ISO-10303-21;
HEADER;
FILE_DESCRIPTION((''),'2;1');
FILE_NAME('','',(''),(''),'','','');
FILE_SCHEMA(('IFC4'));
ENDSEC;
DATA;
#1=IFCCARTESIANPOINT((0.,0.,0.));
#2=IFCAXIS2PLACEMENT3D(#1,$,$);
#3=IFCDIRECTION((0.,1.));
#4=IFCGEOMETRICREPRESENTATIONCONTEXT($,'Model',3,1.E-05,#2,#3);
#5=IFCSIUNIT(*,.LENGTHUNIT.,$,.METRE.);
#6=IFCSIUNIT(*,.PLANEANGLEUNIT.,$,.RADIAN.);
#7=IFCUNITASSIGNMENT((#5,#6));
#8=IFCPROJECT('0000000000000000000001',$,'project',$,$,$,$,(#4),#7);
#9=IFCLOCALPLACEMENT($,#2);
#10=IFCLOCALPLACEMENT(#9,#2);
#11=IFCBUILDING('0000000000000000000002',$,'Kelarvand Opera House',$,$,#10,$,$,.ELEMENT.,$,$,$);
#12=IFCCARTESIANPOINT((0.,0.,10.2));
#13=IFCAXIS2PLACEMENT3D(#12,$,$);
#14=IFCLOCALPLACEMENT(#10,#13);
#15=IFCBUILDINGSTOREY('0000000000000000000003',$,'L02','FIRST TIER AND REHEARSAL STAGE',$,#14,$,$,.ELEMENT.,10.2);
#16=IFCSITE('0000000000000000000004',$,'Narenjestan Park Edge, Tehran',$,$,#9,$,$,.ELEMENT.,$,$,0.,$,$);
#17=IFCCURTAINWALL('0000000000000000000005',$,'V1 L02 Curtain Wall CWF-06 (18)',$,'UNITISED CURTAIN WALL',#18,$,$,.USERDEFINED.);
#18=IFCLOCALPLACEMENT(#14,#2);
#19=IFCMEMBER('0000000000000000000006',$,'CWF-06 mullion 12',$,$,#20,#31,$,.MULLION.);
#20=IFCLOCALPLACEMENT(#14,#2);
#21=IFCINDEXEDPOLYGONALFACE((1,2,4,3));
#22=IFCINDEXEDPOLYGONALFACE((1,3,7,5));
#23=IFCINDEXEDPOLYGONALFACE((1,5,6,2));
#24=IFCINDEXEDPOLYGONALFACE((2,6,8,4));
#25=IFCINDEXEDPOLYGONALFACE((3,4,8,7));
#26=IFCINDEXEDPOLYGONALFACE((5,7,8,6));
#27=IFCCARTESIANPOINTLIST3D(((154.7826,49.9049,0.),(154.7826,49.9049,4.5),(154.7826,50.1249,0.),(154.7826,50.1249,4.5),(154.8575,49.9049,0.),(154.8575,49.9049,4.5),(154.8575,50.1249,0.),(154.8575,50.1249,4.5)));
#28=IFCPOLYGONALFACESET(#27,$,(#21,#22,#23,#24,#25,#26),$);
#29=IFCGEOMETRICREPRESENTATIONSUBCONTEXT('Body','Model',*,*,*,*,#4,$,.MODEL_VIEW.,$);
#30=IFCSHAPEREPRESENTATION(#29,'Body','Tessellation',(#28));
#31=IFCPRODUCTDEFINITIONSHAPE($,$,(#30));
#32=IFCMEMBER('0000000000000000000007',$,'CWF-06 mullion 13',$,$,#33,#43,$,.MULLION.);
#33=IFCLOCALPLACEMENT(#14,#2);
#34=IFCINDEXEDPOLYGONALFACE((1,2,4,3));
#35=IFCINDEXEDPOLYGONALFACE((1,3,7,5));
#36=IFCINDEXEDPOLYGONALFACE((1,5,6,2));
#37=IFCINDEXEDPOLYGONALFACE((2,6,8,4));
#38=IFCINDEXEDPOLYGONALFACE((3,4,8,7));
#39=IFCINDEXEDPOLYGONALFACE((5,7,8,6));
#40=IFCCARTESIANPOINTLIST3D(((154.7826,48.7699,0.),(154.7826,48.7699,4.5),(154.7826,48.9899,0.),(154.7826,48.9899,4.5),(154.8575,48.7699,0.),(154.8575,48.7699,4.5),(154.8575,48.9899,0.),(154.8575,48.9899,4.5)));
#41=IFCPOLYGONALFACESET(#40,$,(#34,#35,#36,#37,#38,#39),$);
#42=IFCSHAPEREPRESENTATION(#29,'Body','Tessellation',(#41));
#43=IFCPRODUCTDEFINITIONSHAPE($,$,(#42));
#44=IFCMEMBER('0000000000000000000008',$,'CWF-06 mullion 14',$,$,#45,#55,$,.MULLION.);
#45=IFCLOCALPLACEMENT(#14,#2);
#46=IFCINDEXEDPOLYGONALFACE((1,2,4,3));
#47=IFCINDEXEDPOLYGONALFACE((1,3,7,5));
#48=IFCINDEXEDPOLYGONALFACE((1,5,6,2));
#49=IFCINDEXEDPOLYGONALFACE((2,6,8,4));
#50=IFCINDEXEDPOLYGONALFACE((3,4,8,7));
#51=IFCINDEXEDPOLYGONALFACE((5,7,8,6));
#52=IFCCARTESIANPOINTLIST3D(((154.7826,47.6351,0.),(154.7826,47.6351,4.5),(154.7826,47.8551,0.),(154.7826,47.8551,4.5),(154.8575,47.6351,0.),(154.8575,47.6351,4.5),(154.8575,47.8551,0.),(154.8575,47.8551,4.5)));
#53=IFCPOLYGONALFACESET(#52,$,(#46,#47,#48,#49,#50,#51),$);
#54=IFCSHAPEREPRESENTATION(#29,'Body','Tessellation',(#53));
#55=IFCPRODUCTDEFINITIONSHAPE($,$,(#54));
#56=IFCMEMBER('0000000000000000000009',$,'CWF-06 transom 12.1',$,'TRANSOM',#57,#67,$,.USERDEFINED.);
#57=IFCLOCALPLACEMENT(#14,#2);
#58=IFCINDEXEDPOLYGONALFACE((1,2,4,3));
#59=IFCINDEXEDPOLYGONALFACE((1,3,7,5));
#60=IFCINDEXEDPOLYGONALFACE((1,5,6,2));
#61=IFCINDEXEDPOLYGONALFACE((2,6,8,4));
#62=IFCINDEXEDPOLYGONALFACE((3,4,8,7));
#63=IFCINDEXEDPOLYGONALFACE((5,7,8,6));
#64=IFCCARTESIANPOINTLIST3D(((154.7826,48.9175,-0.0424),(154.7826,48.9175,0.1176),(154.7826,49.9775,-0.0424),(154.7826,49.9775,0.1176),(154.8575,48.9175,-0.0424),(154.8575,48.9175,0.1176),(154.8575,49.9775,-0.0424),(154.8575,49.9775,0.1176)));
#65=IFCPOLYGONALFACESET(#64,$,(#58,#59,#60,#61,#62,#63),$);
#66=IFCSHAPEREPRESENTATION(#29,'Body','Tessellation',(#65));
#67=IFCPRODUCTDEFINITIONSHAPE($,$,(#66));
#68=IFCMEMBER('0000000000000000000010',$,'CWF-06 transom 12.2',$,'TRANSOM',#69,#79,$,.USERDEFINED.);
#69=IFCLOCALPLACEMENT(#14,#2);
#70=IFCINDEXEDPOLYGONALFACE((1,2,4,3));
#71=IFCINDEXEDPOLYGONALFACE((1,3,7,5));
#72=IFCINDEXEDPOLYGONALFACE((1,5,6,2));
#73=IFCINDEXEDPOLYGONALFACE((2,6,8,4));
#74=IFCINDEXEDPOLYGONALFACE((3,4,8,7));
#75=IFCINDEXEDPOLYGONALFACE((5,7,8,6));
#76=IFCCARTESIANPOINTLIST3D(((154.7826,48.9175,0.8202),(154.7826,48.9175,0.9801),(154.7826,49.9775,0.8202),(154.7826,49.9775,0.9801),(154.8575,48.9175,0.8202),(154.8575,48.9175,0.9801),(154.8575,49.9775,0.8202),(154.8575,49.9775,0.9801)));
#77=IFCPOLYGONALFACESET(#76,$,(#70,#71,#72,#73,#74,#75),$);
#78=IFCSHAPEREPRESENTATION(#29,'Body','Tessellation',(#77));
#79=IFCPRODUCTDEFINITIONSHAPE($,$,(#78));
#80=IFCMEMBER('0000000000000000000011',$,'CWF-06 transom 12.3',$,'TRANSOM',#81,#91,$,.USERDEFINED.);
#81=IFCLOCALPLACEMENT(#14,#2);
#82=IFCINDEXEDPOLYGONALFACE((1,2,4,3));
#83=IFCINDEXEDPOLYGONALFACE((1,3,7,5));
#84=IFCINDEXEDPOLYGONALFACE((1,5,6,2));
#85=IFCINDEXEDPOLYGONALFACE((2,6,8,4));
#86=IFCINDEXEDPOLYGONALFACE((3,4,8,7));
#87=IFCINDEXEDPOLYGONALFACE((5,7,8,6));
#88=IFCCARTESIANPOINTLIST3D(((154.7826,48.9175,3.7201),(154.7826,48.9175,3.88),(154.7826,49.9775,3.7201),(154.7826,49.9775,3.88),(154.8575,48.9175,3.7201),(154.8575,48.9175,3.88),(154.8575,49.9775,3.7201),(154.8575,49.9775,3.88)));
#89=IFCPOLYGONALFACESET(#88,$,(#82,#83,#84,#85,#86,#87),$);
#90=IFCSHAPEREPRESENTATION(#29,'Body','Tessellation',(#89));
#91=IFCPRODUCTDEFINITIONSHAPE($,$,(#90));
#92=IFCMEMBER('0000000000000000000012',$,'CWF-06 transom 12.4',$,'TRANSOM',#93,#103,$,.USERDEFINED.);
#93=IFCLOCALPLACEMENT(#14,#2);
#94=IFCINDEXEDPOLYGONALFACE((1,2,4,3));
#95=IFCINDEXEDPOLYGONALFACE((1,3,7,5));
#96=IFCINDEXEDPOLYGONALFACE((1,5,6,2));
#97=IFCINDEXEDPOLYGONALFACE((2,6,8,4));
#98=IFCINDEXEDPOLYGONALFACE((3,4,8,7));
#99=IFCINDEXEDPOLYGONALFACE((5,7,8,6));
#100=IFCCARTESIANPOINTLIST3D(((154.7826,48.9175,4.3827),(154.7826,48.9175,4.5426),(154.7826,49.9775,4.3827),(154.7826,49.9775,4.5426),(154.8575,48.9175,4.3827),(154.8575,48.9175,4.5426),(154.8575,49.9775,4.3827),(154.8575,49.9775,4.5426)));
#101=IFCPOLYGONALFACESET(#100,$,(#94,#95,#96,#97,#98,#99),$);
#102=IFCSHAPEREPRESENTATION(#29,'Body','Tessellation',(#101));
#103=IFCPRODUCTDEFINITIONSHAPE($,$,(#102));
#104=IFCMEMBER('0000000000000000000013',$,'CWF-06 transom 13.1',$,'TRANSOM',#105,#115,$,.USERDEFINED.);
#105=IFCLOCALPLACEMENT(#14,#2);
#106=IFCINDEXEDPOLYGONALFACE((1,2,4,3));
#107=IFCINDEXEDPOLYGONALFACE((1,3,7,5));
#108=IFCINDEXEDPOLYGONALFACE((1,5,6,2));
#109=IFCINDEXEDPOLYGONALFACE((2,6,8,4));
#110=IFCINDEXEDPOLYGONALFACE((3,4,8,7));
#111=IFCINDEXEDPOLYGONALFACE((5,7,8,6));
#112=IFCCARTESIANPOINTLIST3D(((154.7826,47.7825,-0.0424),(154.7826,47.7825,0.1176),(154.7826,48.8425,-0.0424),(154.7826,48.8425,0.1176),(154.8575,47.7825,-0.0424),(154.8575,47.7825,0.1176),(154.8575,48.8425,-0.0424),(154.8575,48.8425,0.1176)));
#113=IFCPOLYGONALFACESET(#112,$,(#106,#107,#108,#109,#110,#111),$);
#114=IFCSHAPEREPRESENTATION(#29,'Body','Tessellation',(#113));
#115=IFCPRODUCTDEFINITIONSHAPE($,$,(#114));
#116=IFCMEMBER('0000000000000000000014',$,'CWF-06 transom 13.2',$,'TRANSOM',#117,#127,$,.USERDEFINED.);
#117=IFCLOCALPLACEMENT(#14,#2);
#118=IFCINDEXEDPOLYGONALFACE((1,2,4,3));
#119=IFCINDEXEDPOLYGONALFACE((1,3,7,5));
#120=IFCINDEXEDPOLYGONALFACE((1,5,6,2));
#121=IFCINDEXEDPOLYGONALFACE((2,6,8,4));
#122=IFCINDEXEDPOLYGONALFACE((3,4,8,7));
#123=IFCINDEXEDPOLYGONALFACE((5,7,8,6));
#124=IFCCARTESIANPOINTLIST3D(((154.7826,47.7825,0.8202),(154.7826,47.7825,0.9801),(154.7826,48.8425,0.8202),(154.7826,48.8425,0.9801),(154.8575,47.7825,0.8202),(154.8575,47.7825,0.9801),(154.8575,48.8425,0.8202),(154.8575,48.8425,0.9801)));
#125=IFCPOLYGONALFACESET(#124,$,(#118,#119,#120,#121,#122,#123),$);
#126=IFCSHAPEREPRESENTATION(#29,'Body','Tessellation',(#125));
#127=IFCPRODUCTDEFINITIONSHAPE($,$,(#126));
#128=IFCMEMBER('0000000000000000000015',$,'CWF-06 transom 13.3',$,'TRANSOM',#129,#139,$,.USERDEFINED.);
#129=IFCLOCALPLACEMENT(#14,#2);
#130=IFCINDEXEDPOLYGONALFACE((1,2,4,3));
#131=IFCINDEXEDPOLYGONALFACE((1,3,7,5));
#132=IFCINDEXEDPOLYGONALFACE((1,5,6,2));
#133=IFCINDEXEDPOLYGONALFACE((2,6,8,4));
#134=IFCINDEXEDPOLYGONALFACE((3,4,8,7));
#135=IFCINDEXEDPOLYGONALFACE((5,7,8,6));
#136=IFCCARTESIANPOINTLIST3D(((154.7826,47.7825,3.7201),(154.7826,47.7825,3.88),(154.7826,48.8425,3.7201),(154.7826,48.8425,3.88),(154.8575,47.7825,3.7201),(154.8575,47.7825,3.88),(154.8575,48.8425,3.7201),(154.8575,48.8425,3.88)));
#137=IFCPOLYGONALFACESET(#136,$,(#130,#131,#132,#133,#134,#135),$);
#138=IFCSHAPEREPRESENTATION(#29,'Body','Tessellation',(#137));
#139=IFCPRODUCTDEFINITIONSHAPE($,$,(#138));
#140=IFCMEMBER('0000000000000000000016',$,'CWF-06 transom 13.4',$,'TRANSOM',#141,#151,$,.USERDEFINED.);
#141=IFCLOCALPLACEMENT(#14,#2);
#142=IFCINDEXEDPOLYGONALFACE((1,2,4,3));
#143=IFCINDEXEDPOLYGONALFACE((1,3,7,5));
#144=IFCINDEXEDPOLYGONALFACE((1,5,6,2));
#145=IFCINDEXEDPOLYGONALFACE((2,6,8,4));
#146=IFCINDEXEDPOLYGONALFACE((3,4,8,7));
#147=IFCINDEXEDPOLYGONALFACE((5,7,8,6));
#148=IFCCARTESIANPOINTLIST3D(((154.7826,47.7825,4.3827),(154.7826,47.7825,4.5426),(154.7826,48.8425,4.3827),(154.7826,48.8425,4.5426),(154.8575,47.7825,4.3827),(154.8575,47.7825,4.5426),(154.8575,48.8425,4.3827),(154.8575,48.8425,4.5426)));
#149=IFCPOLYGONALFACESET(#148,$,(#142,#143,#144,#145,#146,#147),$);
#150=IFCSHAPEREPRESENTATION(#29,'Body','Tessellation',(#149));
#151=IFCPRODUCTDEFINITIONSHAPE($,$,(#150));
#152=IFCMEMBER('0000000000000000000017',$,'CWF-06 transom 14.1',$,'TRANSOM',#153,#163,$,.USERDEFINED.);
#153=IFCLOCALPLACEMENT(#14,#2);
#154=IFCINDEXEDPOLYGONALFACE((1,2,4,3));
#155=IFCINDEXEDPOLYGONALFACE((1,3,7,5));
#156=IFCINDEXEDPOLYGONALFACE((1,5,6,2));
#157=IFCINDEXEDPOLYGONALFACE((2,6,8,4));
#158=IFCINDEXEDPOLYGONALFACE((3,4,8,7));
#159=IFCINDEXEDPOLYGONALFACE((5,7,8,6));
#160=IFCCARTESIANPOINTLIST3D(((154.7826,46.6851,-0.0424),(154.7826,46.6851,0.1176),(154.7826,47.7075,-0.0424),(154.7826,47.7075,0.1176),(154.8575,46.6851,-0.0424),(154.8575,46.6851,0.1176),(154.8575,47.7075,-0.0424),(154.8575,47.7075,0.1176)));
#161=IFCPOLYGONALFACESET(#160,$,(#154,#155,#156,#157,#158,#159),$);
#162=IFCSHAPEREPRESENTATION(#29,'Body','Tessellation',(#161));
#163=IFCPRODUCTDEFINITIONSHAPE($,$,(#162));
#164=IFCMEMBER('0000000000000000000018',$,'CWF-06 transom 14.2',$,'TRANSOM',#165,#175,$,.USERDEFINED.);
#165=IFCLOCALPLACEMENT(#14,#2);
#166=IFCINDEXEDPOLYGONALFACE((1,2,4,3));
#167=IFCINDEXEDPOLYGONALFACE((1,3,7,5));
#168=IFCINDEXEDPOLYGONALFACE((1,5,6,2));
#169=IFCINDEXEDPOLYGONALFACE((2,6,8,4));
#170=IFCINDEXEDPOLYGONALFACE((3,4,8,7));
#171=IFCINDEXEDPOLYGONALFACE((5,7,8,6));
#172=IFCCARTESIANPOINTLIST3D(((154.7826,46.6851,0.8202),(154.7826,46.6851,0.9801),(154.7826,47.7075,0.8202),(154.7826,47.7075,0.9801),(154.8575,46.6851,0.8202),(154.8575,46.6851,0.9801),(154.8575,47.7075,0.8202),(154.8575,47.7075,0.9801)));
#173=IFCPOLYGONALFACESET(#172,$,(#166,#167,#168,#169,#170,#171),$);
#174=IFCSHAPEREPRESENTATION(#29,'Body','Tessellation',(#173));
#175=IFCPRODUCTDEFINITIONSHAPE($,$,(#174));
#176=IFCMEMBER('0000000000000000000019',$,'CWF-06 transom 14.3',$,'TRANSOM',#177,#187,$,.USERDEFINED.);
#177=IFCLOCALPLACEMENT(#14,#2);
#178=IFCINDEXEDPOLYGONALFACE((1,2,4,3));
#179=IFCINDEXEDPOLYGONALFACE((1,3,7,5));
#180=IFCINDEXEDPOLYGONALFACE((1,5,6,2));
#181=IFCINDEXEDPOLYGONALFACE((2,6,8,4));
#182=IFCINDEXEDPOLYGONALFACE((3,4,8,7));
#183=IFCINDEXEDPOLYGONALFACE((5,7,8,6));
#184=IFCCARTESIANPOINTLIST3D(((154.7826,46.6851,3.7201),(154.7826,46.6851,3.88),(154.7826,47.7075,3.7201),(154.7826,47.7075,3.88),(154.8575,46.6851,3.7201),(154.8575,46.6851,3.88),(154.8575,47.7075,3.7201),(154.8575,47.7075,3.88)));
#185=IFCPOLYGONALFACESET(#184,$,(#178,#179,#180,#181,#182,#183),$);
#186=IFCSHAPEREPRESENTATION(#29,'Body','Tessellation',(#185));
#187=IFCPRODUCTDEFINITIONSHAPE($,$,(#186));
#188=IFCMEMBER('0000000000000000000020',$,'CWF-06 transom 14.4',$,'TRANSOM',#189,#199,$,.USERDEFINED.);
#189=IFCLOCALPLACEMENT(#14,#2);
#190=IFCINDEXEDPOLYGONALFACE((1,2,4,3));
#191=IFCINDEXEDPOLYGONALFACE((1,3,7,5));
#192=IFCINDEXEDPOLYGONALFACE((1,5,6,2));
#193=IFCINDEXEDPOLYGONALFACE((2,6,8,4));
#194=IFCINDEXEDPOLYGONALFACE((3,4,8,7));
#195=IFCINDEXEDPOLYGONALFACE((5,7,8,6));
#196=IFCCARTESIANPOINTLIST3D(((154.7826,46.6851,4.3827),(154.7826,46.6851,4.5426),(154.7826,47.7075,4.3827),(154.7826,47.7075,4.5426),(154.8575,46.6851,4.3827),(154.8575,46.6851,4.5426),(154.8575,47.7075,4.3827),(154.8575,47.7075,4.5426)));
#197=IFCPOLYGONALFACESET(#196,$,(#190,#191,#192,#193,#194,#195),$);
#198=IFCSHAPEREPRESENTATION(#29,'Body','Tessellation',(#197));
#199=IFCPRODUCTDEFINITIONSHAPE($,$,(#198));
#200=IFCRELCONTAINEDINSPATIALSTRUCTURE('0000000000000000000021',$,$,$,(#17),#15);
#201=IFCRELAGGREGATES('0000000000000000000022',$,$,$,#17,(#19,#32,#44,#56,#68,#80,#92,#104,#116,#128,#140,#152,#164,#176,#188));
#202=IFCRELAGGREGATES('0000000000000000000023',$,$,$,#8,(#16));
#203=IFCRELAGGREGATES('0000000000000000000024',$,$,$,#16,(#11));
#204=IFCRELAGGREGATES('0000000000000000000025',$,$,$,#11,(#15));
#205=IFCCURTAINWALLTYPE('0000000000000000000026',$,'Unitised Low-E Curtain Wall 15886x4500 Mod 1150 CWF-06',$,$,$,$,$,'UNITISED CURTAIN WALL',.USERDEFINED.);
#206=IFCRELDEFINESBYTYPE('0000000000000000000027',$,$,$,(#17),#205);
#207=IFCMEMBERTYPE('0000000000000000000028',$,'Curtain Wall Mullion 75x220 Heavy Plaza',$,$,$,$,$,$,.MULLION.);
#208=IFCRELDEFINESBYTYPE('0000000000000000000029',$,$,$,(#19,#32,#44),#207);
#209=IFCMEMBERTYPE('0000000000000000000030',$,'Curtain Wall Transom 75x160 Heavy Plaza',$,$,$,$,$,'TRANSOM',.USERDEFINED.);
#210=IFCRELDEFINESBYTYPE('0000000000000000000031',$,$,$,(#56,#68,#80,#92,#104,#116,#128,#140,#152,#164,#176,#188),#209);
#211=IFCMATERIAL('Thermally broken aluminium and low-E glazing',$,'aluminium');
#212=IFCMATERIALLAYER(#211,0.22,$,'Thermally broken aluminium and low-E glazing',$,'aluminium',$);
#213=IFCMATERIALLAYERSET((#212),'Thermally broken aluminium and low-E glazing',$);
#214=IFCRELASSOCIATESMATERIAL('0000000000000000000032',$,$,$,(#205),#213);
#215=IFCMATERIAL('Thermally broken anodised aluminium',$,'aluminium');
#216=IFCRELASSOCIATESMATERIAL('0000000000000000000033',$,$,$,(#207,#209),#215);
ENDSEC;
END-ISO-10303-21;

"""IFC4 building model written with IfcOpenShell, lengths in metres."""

from ifc_helpers import new_model, si_unit, direction, frame, origin, origin_2d, place, context, subcontext, project, spatial, rectangle, extrude, material, layer, layer_set, material_profile, profile_set, type_object, element, aggregate, save


model = new_model("IFC4")

# Units and contexts
model_context = context("Model", 3, precision=1e-05, world=origin(), true_north=direction((0.0, 1.0)))
body_context = subcontext(model_context, "Body", "Model", "MODEL_VIEW")
ifc_project = project(units=[si_unit("LENGTHUNIT", "METRE"), si_unit("PLANEANGLEUNIT", "RADIAN")], contexts=[model_context])

# Site, building, storey
site_placement = place(None, origin())
site = spatial("IfcSite", under=ifc_project, at=site_placement, Name="Narenjestan Park Edge, Tehran", CompositionType="ELEMENT", RefElevation=0.0)
building_placement = place(site_placement, origin())
building = spatial("IfcBuilding", under=site, at=building_placement, Name="Kelarvand Opera House", CompositionType="ELEMENT")
storey_placement = place(building_placement, frame((0.0, 0.0, 10.2)))
storey = spatial("IfcBuildingStorey", under=building, at=storey_placement, Name="L02", Description="FIRST TIER AND REHEARSAL STAGE", CompositionType="ELEMENT", Elevation=10.2)

# Curtain wall, members
ifc_material_1 = material(Name="Thermally broken aluminium and low-E glazing", Category="aluminium")
ifc_layer_1 = layer(ifc_material_1, 0.22, Name="Thermally broken aluminium and low-E glazing", Category="aluminium")
ifc_layer_set_1 = layer_set([ifc_layer_1], Name="Thermally broken aluminium and low-E glazing")
curtain_wall_type = type_object("IfcCurtainWallType", Name="Unitised Low-E Curtain Wall 15886x4500 Mod 1150 CWF-06", ElementType="UNITISED CURTAIN WALL", PredefinedType="USERDEFINED", material=ifc_layer_set_1)
curtain_wall_placement = place(storey_placement, origin())
curtain_wall = element("IfcCurtainWall", 1, at=curtain_wall_placement, inside=storey, type_object=curtain_wall_type, Name="V1 L02 Curtain Wall CWF-06 (18)", ObjectType="UNITISED CURTAIN WALL", PredefinedType="USERDEFINED")
ifc_material_2 = material(Name="Thermally broken anodised aluminium", Category="aluminium")
ifc_material_profile_1 = material_profile(ifc_material_2, rectangle(XDim=0.075, YDim=0.22, at=origin_2d()), Name="ALU MULLION 75x220", Category="aluminium")
ifc_profile_set_1 = profile_set([ifc_material_profile_1], Name="Thermally broken anodised aluminium")
member_type_1 = type_object("IfcMemberType", Name="Curtain Wall Mullion 75x220 Heavy Plaza", PredefinedType="MULLION", material=ifc_profile_set_1)
member_1_placement = place(storey_placement, frame((154.8201, 50.0149, 0.0), z_axis=(0.0, 0.0, 1.0), x_axis=(1.0, 0.0, 0.0)))
member_1 = element("IfcMember", 2, at=member_1_placement, type_object=member_type_1, Name="CWF-06 mullion 12", PredefinedType="MULLION", context=body_context, shape_type="SweptSolid", body=[
    extrude(rectangle(XDim=0.075, YDim=0.22, at=origin_2d()), origin(), (0.0, 0.0, 1.0), 4.5),
])
member_2_placement = place(storey_placement, frame((154.8201, 48.8799, 0.0), z_axis=(0.0, 0.0, 1.0), x_axis=(1.0, 0.0, 0.0)))
member_2 = element("IfcMember", 3, at=member_2_placement, type_object=member_type_1, Name="CWF-06 mullion 13", PredefinedType="MULLION", context=body_context, shape_type="SweptSolid", body=[
    extrude(rectangle(XDim=0.075, YDim=0.22, at=origin_2d()), origin(), (0.0, 0.0, 1.0), 4.5),
])
member_3_placement = place(storey_placement, frame((154.8201, 47.7451, 0.0), z_axis=(0.0, 0.0, 1.0), x_axis=(1.0, 0.0, 0.0)))
member_3 = element("IfcMember", 4, at=member_3_placement, type_object=member_type_1, Name="CWF-06 mullion 14", PredefinedType="MULLION", context=body_context, shape_type="SweptSolid", body=[
    extrude(rectangle(XDim=0.075, YDim=0.22, at=origin_2d()), origin(), (0.0, 0.0, 1.0), 4.5),
])
ifc_material_profile_2 = material_profile(ifc_material_2, rectangle(XDim=0.075, YDim=0.1599, at=origin_2d()), Name="ALU TRANSOM 75x160", Category="aluminium")
ifc_profile_set_2 = profile_set([ifc_material_profile_2], Name="Thermally broken anodised aluminium")
member_type_2 = type_object("IfcMemberType", Name="Curtain Wall Transom 75x160 Heavy Plaza", ElementType="TRANSOM", PredefinedType="USERDEFINED", material=ifc_profile_set_2)
member_4_placement = place(storey_placement, frame((154.8201, 49.9775, 0.0376), z_axis=(0.0, -1.0, 0.0), x_axis=(1.0, 0.0, 0.0)))
member_4 = element("IfcMember", 5, at=member_4_placement, type_object=member_type_2, Name="CWF-06 transom 12.1", ObjectType="TRANSOM", PredefinedType="USERDEFINED", context=body_context, shape_type="SweptSolid", body=[
    extrude(rectangle(XDim=0.075, YDim=0.1599, at=origin_2d()), origin(), (0.0, 0.0, 1.0), 1.0601),
])
member_5_placement = place(storey_placement, frame((154.8201, 49.9775, 0.9001), z_axis=(0.0, -1.0, 0.0), x_axis=(1.0, 0.0, 0.0)))
member_5 = element("IfcMember", 6, at=member_5_placement, type_object=member_type_2, Name="CWF-06 transom 12.2", ObjectType="TRANSOM", PredefinedType="USERDEFINED", context=body_context, shape_type="SweptSolid", body=[
    extrude(rectangle(XDim=0.075, YDim=0.1599, at=origin_2d()), origin(), (0.0, 0.0, 1.0), 1.0601),
])
member_6_placement = place(storey_placement, frame((154.8201, 49.9775, 3.8), z_axis=(0.0, -1.0, 0.0), x_axis=(1.0, 0.0, 0.0)))
member_6 = element("IfcMember", 7, at=member_6_placement, type_object=member_type_2, Name="CWF-06 transom 12.3", ObjectType="TRANSOM", PredefinedType="USERDEFINED", context=body_context, shape_type="SweptSolid", body=[
    extrude(rectangle(XDim=0.075, YDim=0.1599, at=origin_2d()), origin(), (0.0, 0.0, 1.0), 1.0601),
])
member_7_placement = place(storey_placement, frame((154.8201, 49.9775, 4.4626), z_axis=(0.0, -1.0, 0.0), x_axis=(1.0, 0.0, 0.0)))
member_7 = element("IfcMember", 8, at=member_7_placement, type_object=member_type_2, Name="CWF-06 transom 12.4", ObjectType="TRANSOM", PredefinedType="USERDEFINED", context=body_context, shape_type="SweptSolid", body=[
    extrude(rectangle(XDim=0.075, YDim=0.1599, at=origin_2d()), origin(), (0.0, 0.0, 1.0), 1.0601),
])
member_8_placement = place(storey_placement, frame((154.8201, 48.8425, 0.0376), z_axis=(0.0, -1.0, 0.0), x_axis=(1.0, 0.0, 0.0)))
member_8 = element("IfcMember", 9, at=member_8_placement, type_object=member_type_2, Name="CWF-06 transom 13.1", ObjectType="TRANSOM", PredefinedType="USERDEFINED", context=body_context, shape_type="SweptSolid", body=[
    extrude(rectangle(XDim=0.075, YDim=0.1599, at=origin_2d()), origin(), (0.0, 0.0, 1.0), 1.0601),
])
member_9_placement = place(storey_placement, frame((154.8201, 48.8425, 0.9001), z_axis=(0.0, -1.0, 0.0), x_axis=(1.0, 0.0, 0.0)))
member_9 = element("IfcMember", 10, at=member_9_placement, type_object=member_type_2, Name="CWF-06 transom 13.2", ObjectType="TRANSOM", PredefinedType="USERDEFINED", context=body_context, shape_type="SweptSolid", body=[
    extrude(rectangle(XDim=0.075, YDim=0.1599, at=origin_2d()), origin(), (0.0, 0.0, 1.0), 1.0601),
])
member_10_placement = place(storey_placement, frame((154.8201, 48.8425, 3.8), z_axis=(0.0, -1.0, 0.0), x_axis=(1.0, 0.0, 0.0)))
member_10 = element("IfcMember", 11, at=member_10_placement, type_object=member_type_2, Name="CWF-06 transom 13.3", ObjectType="TRANSOM", PredefinedType="USERDEFINED", context=body_context, shape_type="SweptSolid", body=[
    extrude(rectangle(XDim=0.075, YDim=0.1599, at=origin_2d()), origin(), (0.0, 0.0, 1.0), 1.0601),
])
member_11_placement = place(storey_placement, frame((154.8201, 48.8425, 4.4626), z_axis=(0.0, -1.0, 0.0), x_axis=(1.0, 0.0, 0.0)))
member_11 = element("IfcMember", 12, at=member_11_placement, type_object=member_type_2, Name="CWF-06 transom 13.4", ObjectType="TRANSOM", PredefinedType="USERDEFINED", context=body_context, shape_type="SweptSolid", body=[
    extrude(rectangle(XDim=0.075, YDim=0.1599, at=origin_2d()), origin(), (0.0, 0.0, 1.0), 1.0601),
])
member_12_placement = place(storey_placement, frame((154.8201, 47.7075, 0.0376), z_axis=(0.0, -1.0, 0.0), x_axis=(1.0, 0.0, 0.0)))
member_12 = element("IfcMember", 13, at=member_12_placement, type_object=member_type_2, Name="CWF-06 transom 14.1", ObjectType="TRANSOM", PredefinedType="USERDEFINED", context=body_context, shape_type="SweptSolid", body=[
    extrude(rectangle(XDim=0.075, YDim=0.1599, at=origin_2d()), origin(), (0.0, 0.0, 1.0), 1.0225),
])
member_13_placement = place(storey_placement, frame((154.8201, 47.7075, 0.9001), z_axis=(0.0, -1.0, 0.0), x_axis=(1.0, 0.0, 0.0)))
member_13 = element("IfcMember", 14, at=member_13_placement, type_object=member_type_2, Name="CWF-06 transom 14.2", ObjectType="TRANSOM", PredefinedType="USERDEFINED", context=body_context, shape_type="SweptSolid", body=[
    extrude(rectangle(XDim=0.075, YDim=0.1599, at=origin_2d()), origin(), (0.0, 0.0, 1.0), 1.0225),
])
member_14_placement = place(storey_placement, frame((154.8201, 47.7075, 3.8), z_axis=(0.0, -1.0, 0.0), x_axis=(1.0, 0.0, 0.0)))
member_14 = element("IfcMember", 15, at=member_14_placement, type_object=member_type_2, Name="CWF-06 transom 14.3", ObjectType="TRANSOM", PredefinedType="USERDEFINED", context=body_context, shape_type="SweptSolid", body=[
    extrude(rectangle(XDim=0.075, YDim=0.1599, at=origin_2d()), origin(), (0.0, 0.0, 1.0), 1.0225),
])
member_15_placement = place(storey_placement, frame((154.8201, 47.7075, 4.4626), z_axis=(0.0, -1.0, 0.0), x_axis=(1.0, 0.0, 0.0)))
member_15 = element("IfcMember", 16, at=member_15_placement, type_object=member_type_2, Name="CWF-06 transom 14.4", ObjectType="TRANSOM", PredefinedType="USERDEFINED", context=body_context, shape_type="SweptSolid", body=[
    extrude(rectangle(XDim=0.075, YDim=0.1599, at=origin_2d()), origin(), (0.0, 0.0, 1.0), 1.0225),
])
aggregate(curtain_wall, [member_1, member_2, member_3, member_4, member_5, member_6, member_7, member_8, member_9, member_10, member_11, member_12, member_13, member_14, member_15])

save(model, "model.ifc")
